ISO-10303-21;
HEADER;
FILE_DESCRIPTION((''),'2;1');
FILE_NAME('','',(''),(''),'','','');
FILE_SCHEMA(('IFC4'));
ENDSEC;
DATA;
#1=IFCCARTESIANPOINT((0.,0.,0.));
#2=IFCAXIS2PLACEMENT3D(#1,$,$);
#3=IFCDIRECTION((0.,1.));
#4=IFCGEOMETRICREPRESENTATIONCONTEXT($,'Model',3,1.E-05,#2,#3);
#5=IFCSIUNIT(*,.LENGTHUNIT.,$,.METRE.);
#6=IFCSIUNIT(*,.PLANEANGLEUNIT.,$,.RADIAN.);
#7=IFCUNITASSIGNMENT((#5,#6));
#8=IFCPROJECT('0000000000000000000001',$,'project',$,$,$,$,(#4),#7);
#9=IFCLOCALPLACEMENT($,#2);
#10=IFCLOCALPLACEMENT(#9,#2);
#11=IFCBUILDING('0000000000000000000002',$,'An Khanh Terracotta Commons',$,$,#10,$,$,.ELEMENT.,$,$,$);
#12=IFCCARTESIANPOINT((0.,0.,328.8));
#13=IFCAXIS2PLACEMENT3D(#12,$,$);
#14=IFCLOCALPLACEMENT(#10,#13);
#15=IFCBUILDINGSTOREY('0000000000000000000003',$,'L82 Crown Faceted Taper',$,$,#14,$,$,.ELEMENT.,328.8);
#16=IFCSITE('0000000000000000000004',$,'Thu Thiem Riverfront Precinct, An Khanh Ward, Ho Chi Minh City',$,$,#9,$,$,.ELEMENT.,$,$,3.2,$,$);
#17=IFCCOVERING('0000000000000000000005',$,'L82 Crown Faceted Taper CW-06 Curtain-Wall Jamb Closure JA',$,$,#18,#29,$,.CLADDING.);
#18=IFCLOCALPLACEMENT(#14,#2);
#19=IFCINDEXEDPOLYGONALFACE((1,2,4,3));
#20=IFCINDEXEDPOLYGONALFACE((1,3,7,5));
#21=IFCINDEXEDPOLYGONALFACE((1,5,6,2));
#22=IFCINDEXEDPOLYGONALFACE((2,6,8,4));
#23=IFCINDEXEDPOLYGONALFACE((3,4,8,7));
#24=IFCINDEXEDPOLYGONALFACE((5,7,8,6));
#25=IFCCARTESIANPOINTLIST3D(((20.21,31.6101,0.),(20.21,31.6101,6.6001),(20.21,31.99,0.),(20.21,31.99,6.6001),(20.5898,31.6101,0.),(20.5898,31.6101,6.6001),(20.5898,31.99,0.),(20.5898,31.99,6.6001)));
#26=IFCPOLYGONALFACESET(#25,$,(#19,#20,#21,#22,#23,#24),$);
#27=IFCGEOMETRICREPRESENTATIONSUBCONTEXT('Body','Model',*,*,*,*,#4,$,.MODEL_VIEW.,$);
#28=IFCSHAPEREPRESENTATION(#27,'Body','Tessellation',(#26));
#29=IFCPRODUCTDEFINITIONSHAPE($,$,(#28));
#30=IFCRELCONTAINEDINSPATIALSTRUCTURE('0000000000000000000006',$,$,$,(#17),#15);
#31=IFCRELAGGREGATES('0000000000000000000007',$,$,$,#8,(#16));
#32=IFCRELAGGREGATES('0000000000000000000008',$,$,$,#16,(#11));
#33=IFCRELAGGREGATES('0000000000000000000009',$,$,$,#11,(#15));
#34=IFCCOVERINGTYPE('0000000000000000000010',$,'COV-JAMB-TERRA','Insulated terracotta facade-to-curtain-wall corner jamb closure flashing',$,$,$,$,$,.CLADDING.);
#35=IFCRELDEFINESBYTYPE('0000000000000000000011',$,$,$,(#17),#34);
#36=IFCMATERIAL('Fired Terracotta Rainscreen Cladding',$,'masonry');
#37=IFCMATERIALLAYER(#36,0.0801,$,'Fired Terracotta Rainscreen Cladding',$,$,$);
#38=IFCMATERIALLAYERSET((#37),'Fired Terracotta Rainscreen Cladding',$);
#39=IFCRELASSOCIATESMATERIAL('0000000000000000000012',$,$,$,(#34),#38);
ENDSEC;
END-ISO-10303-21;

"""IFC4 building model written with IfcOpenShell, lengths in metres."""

from ifc_helpers import new_model, si_unit, direction, frame, origin, origin_2d, place, context, subcontext, project, spatial, rectangle, extrude, material, layer, layer_set, type_object, element, save


model = new_model("IFC4")

# Units and contexts
model_context = context("Model", 3, precision=1e-05, world=origin(), true_north=direction((0.0, 1.0)))
body_context = subcontext(model_context, "Body", "Model", "MODEL_VIEW")
ifc_project = project(units=[si_unit("LENGTHUNIT", "METRE"), si_unit("PLANEANGLEUNIT", "RADIAN")], contexts=[model_context])

# Site, building, storey
site_placement = place(None, origin())
site = spatial("IfcSite", under=ifc_project, at=site_placement, Name="Thu Thiem Riverfront Precinct, An Khanh Ward, Ho Chi Minh City", CompositionType="ELEMENT", RefElevation=3.2)
building_placement = place(site_placement, origin())
building = spatial("IfcBuilding", under=site, at=building_placement, Name="An Khanh Terracotta Commons", CompositionType="ELEMENT")
storey_placement = place(building_placement, frame((0.0, 0.0, 328.8)))
storey = spatial("IfcBuildingStorey", under=building, at=storey_placement, Name="L82 Crown Faceted Taper", CompositionType="ELEMENT", Elevation=328.8)

# Covering
ifc_material_1 = material(Name="Fired Terracotta Rainscreen Cladding", Category="masonry")
ifc_layer_1 = layer(ifc_material_1, 0.0801, Name="Fired Terracotta Rainscreen Cladding")
ifc_layer_set_1 = layer_set([ifc_layer_1], Name="Fired Terracotta Rainscreen Cladding")
covering_type = type_object("IfcCoveringType", Name="COV-JAMB-TERRA", Description="Insulated terracotta facade-to-curtain-wall corner jamb closure flashing", PredefinedType="CLADDING", material=ifc_layer_set_1)
for number, where, z_axis, x_axis, name in (
    (1, (20.3999, 31.8, 0.0), (0.0, 0.0, 1.0), (1.0, 0.0, 0.0), "L82 Crown Faceted Taper CW-06 Curtain-Wall Jamb Closure JA"),
):
    element("IfcCovering", number, at=place(storey_placement, frame(where, z_axis=z_axis, x_axis=x_axis)), inside=storey, type_object=covering_type, Name=name, PredefinedType="CLADDING", context=body_context, shape_type="SweptSolid", body=[
        extrude(rectangle(XDim=0.3799, YDim=0.3799, at=origin_2d()), origin(), (0.0, 0.0, 1.0), 6.6001),
    ])

save(model, "model.ifc")
